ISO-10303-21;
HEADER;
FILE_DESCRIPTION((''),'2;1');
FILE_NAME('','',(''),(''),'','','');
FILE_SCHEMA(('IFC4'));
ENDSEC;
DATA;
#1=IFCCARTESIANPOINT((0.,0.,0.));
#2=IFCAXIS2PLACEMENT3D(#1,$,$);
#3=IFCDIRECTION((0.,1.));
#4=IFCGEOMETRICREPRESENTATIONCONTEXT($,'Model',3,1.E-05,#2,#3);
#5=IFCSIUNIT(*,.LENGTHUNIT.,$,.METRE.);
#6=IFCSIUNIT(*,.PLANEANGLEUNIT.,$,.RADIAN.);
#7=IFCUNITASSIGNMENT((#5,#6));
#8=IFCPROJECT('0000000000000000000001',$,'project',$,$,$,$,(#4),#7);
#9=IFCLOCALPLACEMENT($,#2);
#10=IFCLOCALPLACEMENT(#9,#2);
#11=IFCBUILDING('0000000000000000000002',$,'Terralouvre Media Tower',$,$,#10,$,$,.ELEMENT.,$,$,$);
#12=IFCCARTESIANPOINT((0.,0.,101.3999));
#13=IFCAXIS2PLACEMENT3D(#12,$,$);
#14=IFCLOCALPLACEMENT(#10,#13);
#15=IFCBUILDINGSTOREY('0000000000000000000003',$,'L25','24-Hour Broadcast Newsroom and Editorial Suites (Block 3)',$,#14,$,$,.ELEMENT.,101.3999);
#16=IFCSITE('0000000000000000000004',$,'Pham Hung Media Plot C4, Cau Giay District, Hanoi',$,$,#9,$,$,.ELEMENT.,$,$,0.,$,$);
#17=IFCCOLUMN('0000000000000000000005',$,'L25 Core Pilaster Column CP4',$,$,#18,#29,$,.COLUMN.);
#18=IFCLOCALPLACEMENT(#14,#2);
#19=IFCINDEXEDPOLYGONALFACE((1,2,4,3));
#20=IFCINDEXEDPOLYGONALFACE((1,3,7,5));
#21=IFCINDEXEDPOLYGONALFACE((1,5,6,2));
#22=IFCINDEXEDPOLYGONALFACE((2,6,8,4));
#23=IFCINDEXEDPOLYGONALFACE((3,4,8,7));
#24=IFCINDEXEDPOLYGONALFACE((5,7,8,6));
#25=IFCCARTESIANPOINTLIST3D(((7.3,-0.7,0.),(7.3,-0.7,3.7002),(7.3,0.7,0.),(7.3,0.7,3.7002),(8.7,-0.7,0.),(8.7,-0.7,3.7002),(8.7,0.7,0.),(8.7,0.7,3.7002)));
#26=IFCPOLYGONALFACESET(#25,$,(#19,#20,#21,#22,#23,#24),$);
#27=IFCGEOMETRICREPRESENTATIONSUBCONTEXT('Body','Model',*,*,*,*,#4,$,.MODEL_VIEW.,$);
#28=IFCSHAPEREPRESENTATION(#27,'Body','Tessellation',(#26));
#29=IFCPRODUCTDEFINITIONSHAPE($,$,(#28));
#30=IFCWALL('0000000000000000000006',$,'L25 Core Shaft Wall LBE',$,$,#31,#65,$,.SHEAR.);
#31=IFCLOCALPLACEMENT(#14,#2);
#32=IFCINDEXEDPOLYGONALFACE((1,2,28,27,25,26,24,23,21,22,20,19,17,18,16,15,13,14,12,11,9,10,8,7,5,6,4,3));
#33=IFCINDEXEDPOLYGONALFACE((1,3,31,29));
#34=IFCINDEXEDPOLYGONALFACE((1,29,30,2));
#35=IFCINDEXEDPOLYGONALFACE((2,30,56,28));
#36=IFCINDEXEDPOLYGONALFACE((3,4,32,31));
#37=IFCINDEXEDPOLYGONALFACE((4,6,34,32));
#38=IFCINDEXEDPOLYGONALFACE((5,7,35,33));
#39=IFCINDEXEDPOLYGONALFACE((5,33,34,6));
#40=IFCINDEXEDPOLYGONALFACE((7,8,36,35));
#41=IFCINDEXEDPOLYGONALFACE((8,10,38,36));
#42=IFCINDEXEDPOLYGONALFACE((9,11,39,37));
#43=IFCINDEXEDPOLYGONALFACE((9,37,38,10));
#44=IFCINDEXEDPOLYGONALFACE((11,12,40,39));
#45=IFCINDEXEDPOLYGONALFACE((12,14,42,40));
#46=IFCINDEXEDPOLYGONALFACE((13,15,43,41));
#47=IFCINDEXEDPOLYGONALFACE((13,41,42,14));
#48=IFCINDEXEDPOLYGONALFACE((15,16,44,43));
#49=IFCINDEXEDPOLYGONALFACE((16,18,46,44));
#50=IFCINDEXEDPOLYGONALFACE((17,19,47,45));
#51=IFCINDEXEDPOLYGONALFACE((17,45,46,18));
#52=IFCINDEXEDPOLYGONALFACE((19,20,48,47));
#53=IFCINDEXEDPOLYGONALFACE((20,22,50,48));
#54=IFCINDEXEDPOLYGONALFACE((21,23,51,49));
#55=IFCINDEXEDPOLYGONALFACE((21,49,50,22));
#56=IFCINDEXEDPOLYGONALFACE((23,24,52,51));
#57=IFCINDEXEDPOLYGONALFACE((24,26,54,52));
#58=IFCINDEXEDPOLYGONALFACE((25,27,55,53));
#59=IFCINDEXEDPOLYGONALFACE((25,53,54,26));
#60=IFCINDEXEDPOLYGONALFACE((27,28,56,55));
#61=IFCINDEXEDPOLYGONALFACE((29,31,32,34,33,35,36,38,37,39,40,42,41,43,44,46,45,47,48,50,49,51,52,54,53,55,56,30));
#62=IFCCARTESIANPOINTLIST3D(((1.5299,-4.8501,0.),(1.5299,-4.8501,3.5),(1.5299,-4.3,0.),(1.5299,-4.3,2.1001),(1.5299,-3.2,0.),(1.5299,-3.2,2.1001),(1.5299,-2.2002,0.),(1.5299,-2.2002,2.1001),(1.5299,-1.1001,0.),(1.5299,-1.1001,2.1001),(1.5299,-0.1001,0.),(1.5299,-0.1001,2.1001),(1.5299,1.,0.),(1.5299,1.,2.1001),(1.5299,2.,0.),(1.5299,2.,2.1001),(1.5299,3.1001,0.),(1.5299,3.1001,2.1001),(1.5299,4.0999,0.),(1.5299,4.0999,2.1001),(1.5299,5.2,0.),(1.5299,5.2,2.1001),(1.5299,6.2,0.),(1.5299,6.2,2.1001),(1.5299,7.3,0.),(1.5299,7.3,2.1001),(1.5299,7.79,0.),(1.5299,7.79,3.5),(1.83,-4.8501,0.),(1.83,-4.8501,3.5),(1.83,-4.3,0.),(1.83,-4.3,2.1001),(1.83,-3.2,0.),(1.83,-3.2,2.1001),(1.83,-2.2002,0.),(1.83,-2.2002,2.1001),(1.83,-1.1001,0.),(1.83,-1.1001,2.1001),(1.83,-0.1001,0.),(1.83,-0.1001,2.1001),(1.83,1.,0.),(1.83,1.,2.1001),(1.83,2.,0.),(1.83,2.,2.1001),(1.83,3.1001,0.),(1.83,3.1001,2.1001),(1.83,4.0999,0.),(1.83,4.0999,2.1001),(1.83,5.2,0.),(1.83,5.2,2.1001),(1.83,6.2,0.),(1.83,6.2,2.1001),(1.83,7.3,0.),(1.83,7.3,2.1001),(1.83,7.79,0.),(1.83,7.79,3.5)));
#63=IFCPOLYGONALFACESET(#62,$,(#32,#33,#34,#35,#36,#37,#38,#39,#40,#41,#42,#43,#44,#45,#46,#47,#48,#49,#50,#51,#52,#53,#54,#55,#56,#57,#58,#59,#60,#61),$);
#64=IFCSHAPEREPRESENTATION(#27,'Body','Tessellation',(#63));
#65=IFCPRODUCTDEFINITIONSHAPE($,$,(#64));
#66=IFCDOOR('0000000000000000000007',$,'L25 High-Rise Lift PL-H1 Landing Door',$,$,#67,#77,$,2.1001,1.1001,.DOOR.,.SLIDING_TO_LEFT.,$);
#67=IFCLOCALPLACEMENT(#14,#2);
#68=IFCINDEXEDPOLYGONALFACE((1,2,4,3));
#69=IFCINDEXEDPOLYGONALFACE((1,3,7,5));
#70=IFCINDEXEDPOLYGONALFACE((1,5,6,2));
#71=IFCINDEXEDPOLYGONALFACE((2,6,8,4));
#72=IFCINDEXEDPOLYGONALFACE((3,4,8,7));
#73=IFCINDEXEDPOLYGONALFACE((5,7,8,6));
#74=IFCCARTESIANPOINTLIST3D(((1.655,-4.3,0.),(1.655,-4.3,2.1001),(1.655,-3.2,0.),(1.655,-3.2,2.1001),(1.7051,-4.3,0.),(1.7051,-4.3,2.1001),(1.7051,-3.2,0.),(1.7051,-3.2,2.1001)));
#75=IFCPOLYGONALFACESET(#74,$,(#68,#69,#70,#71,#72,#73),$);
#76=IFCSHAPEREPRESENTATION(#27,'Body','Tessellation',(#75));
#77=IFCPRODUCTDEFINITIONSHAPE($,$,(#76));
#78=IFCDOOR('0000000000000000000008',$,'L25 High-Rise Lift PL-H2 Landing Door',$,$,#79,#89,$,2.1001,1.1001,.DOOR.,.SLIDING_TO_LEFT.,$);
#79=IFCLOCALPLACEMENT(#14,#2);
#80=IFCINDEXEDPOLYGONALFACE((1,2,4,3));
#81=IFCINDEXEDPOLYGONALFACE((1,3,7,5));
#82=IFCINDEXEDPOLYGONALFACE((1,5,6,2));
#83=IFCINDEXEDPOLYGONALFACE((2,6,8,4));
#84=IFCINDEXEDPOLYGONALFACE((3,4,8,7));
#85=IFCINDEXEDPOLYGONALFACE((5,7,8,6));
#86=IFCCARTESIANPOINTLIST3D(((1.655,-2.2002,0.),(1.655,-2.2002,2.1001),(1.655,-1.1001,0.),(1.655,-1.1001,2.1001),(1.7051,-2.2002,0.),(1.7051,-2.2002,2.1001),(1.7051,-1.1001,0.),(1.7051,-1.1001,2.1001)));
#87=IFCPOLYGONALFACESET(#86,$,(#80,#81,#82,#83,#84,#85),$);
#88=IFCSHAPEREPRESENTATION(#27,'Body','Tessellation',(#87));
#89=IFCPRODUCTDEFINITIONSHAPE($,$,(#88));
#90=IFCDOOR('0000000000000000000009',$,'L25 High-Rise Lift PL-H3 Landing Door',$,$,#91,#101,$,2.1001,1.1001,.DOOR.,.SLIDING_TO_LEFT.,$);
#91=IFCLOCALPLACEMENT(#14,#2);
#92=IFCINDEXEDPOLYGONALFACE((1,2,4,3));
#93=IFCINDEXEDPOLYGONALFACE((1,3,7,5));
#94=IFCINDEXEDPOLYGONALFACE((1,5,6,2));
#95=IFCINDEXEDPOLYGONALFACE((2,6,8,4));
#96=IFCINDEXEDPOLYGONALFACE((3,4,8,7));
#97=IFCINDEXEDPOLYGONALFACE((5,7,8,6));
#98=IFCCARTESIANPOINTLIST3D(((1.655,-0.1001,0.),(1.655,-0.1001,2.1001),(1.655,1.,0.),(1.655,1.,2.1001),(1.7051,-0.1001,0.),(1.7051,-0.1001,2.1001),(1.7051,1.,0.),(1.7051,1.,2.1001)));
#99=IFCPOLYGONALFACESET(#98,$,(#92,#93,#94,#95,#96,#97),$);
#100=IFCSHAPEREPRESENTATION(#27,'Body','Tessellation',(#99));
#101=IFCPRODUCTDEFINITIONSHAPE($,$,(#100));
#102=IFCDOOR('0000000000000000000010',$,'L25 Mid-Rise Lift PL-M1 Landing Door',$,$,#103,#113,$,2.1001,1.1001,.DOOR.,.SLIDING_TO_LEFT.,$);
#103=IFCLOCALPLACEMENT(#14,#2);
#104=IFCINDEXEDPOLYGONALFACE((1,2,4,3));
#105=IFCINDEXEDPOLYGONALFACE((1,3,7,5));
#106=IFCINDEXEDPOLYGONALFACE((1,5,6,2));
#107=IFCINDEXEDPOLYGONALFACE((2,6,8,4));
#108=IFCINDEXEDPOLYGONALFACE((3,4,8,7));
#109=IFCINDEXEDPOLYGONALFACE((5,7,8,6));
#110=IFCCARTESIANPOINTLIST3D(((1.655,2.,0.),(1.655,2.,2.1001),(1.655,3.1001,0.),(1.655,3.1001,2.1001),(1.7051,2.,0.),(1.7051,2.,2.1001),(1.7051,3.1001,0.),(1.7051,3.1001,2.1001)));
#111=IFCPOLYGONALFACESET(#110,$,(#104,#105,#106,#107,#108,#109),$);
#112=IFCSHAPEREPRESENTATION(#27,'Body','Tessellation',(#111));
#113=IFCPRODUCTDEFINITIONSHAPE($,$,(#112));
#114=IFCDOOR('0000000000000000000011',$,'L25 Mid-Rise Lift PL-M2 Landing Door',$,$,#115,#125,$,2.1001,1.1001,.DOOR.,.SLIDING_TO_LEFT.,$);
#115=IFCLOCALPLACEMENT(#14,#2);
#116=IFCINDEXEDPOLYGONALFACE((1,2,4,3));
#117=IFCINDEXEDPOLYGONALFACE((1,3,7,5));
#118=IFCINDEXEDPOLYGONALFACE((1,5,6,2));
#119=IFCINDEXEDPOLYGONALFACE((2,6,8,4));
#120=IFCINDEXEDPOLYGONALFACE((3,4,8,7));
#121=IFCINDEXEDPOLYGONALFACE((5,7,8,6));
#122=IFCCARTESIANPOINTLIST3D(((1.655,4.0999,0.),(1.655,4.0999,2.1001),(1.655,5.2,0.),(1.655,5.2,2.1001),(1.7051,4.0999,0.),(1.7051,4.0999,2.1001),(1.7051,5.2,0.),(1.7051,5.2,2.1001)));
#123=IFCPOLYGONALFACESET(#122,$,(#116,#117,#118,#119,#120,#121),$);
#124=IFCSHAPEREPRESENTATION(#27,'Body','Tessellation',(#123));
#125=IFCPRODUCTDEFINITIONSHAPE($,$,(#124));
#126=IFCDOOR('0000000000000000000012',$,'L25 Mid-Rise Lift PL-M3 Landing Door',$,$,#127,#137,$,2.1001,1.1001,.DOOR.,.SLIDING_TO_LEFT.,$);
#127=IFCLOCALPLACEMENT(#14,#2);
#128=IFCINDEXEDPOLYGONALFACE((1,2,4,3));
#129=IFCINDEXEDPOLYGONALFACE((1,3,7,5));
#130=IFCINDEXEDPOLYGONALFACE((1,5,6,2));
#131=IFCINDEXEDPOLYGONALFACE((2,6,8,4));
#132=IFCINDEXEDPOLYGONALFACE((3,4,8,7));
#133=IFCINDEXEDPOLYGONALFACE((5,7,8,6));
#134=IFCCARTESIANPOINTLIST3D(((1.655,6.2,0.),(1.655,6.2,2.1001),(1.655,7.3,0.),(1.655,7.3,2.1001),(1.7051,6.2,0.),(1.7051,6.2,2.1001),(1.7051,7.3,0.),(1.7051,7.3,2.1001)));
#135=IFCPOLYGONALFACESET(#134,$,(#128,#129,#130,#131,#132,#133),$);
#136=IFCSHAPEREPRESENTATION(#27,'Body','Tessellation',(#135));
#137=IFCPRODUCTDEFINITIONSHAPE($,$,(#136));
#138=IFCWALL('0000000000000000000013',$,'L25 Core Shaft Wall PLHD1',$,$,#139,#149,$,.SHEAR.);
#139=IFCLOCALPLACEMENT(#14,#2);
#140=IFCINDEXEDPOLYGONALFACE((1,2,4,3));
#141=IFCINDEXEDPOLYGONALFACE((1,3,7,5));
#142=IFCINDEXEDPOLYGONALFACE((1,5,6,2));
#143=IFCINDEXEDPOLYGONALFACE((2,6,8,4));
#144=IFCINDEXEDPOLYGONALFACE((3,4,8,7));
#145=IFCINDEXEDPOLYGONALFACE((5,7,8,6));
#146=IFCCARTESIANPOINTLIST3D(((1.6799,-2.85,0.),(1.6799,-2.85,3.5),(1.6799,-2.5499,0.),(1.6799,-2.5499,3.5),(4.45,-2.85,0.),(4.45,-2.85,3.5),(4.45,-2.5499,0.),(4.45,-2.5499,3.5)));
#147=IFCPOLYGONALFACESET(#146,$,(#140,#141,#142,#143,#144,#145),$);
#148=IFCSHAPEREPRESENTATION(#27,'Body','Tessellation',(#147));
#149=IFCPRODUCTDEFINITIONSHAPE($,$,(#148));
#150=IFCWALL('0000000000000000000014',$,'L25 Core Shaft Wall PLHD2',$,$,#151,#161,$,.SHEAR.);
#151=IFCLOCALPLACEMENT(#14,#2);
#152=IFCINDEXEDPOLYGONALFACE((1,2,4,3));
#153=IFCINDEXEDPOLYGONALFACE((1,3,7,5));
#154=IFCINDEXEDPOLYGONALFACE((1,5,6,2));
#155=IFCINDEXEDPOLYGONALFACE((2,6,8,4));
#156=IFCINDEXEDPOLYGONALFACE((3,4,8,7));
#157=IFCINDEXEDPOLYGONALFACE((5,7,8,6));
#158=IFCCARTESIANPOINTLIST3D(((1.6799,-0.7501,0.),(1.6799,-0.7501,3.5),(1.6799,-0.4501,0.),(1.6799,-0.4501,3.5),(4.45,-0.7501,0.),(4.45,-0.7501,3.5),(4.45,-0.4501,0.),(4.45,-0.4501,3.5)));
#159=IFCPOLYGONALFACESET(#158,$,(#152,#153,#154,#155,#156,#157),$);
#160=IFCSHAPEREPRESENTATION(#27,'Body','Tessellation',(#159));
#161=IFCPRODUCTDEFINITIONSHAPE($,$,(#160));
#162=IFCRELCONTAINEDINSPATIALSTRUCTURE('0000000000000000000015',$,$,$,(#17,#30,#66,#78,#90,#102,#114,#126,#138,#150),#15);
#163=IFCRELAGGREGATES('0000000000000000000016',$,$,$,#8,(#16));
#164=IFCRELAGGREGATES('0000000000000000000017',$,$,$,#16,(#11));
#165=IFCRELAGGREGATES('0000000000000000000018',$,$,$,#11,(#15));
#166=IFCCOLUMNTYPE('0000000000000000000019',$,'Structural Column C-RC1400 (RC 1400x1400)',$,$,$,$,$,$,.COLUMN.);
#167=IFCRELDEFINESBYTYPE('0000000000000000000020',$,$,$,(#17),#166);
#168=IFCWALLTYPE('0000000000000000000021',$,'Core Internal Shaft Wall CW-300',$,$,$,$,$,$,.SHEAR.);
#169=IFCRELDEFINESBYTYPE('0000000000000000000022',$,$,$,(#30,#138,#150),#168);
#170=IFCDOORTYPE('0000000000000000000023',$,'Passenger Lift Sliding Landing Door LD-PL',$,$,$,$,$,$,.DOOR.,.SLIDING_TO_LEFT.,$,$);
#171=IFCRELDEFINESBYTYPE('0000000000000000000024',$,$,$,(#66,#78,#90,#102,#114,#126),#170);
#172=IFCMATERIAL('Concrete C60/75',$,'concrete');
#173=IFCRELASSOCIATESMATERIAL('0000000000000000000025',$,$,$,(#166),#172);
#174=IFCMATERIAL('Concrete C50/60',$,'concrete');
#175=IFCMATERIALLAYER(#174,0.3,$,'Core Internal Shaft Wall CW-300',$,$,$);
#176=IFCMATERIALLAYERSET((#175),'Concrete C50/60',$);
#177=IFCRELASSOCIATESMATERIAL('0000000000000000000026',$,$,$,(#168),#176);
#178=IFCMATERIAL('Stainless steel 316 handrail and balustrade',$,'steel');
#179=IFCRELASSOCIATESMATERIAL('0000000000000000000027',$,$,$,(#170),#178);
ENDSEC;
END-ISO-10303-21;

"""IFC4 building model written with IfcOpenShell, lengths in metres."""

from ifc_helpers import new_model, si_unit, direction, frame, frame_2d, origin, origin_2d, place, context, subcontext, project, spatial, rectangle, extrude, material, layer, layer_set, material_profile, profile_set, type_object, element, fill, save


model = new_model("IFC4")

# Units and contexts
model_context = context("Model", 3, precision=1e-05, world=origin(), true_north=direction((0.0, 1.0)))
body_context = subcontext(model_context, "Body", "Model", "MODEL_VIEW")
ifc_project = project(units=[si_unit("LENGTHUNIT", "METRE"), si_unit("PLANEANGLEUNIT", "RADIAN")], contexts=[model_context])

# Site, building, storey
site_placement = place(None, origin())
site = spatial("IfcSite", under=ifc_project, at=site_placement, Name="Pham Hung Media Plot C4, Cau Giay District, Hanoi", CompositionType="ELEMENT", RefElevation=0.0)
building_placement = place(site_placement, origin())
building = spatial("IfcBuilding", under=site, at=building_placement, Name="Terralouvre Media Tower", CompositionType="ELEMENT")
storey_placement = place(building_placement, frame((0.0, 0.0, 101.3999)))
storey = spatial("IfcBuildingStorey", under=building, at=storey_placement, Name="L25", Description="24-Hour Broadcast Newsroom and Editorial Suites (Block 3)", CompositionType="ELEMENT", Elevation=101.3999)

# Column
ifc_material_1 = material(Name="Concrete C60/75", Category="concrete")
ifc_material_profile = material_profile(ifc_material_1, rectangle(XDim=1.3999, YDim=1.3999, at=origin_2d()), Name="RC 1400x1400")
ifc_profile_set = profile_set([ifc_material_profile], Name="Concrete C60/75")
column_type = type_object("IfcColumnType", Name="Structural Column C-RC1400 (RC 1400x1400)", PredefinedType="COLUMN", material=ifc_profile_set)
column_placement = place(storey_placement, frame((8.0, 0.0, 0.0), z_axis=(0.0, 0.0, 1.0), x_axis=(1.0, 0.0, 0.0)))
element("IfcColumn", 1, at=column_placement, inside=storey, type_object=column_type, Name="L25 Core Pilaster Column CP4", PredefinedType="COLUMN", context=body_context, shape_type="SweptSolid", body=[
    extrude(rectangle(XDim=1.3999, YDim=1.3999, at=origin_2d()), origin(), (0.0, 0.0, 1.0), 3.7002),
])

# Shared definitions
ifc_material_2 = material(Name="Concrete C50/60", Category="concrete")
ifc_layer_1 = layer(ifc_material_2, 0.3, Name="Core Internal Shaft Wall CW-300")
ifc_layer_set_1 = layer_set([ifc_layer_1], Name="Concrete C50/60")
wall_type = type_object("IfcWallType", Name="Core Internal Shaft Wall CW-300", PredefinedType="SHEAR", material=ifc_layer_set_1)

# Wall, openings, doors
wall_1_placement = place(storey_placement, frame((1.6799, -4.8501, 0.0), z_axis=(0.0, 0.0, 1.0), x_axis=(0.0, 1.0, 0.0)))
wall_1 = element("IfcWall", 2, at=wall_1_placement, inside=storey, type_object=wall_type, Name="L25 Core Shaft Wall LBE", PredefinedType="SHEAR", context=body_context, shape_type="SweptSolid", body=[
    extrude(rectangle(XDim=12.6401, YDim=0.3, at=frame_2d((6.3201, 0.0))), origin(), (0.0, 0.0, 1.0), 3.5),
])
opening_1_placement = place(wall_1_placement, frame((0.55, 0.0, 0.0)))
opening_1 = element("IfcOpeningElement", 3, at=opening_1_placement, cuts=wall_1, PredefinedType="OPENING", context=body_context, shape_type="SweptSolid", body=[
    extrude(rectangle(XDim=1.1001, YDim=2.1001, at=frame_2d((0.55, 1.05))), frame((0.0, 0.1599, 0.0), z_axis=(0.0, -1.0, 0.0), x_axis=(1.0, 0.0, 0.0)), (0.0, 0.0, 1.0), 0.3201),
])
opening_2_placement = place(wall_1_placement, frame((2.6499, 0.0, 0.0)))
opening_2 = element("IfcOpeningElement", 4, at=opening_2_placement, cuts=wall_1, PredefinedType="OPENING", context=body_context, shape_type="SweptSolid", body=[
    extrude(rectangle(XDim=1.1001, YDim=2.1001, at=frame_2d((0.55, 1.05))), frame((0.0, 0.1599, 0.0), z_axis=(0.0, -1.0, 0.0), x_axis=(1.0, 0.0, 0.0)), (0.0, 0.0, 1.0), 0.3201),
])
opening_3_placement = place(wall_1_placement, frame((4.75, 0.0, 0.0)))
opening_3 = element("IfcOpeningElement", 5, at=opening_3_placement, cuts=wall_1, PredefinedType="OPENING", context=body_context, shape_type="SweptSolid", body=[
    extrude(rectangle(XDim=1.1001, YDim=2.1001, at=frame_2d((0.55, 1.05))), frame((0.0, 0.1599, 0.0), z_axis=(0.0, -1.0, 0.0), x_axis=(1.0, 0.0, 0.0)), (0.0, 0.0, 1.0), 0.3201),
])
opening_4_placement = place(wall_1_placement, frame((6.8501, 0.0, 0.0)))
opening_4 = element("IfcOpeningElement", 6, at=opening_4_placement, cuts=wall_1, PredefinedType="OPENING", context=body_context, shape_type="SweptSolid", body=[
    extrude(rectangle(XDim=1.1001, YDim=2.1001, at=frame_2d((0.55, 1.05))), frame((0.0, 0.1599, 0.0), z_axis=(0.0, -1.0, 0.0), x_axis=(1.0, 0.0, 0.0)), (0.0, 0.0, 1.0), 0.3201),
])
opening_5_placement = place(wall_1_placement, frame((8.95, 0.0, 0.0)))
opening_5 = element("IfcOpeningElement", 7, at=opening_5_placement, cuts=wall_1, PredefinedType="OPENING", context=body_context, shape_type="SweptSolid", body=[
    extrude(rectangle(XDim=1.1001, YDim=2.1001, at=frame_2d((0.55, 1.05))), frame((0.0, 0.1599, 0.0), z_axis=(0.0, -1.0, 0.0), x_axis=(1.0, 0.0, 0.0)), (0.0, 0.0, 1.0), 0.3201),
])
opening_6_placement = place(wall_1_placement, frame((11.05, 0.0, 0.0)))
opening_6 = element("IfcOpeningElement", 8, at=opening_6_placement, cuts=wall_1, PredefinedType="OPENING", context=body_context, shape_type="SweptSolid", body=[
    extrude(rectangle(XDim=1.1001, YDim=2.1001, at=frame_2d((0.55, 1.05))), frame((0.0, 0.1599, 0.0), z_axis=(0.0, -1.0, 0.0), x_axis=(1.0, 0.0, 0.0)), (0.0, 0.0, 1.0), 0.3201),
])
ifc_material_3 = material(Name="Stainless steel 316 handrail and balustrade", Category="steel")
door_type_1 = type_object("IfcDoorType", Name="Passenger Lift Sliding Landing Door LD-PL", OperationType="SLIDING_TO_LEFT", PredefinedType="DOOR", material=ifc_material_3)
door_1_placement = place(opening_1_placement, origin())
door_1 = element("IfcDoor", 9, at=door_1_placement, inside=storey, type_object=door_type_1, Name="L25 High-Rise Lift PL-H1 Landing Door", OperationType="SLIDING_TO_LEFT", OverallHeight=2.1001, OverallWidth=1.1001, PredefinedType="DOOR", context=body_context, shape_type="SweptSolid", body=[
    extrude(rectangle(XDim=1.1001, YDim=2.1001, at=frame_2d((0.55, 1.05))), frame((0.0, 0.0249, 0.0), z_axis=(0.0, -1.0, 0.0), x_axis=(1.0, 0.0, 0.0)), (0.0, 0.0, 1.0), 0.05),
])
fill(opening_1, door_1)
door_2_placement = place(opening_2_placement, origin())
door_2 = element("IfcDoor", 10, at=door_2_placement, inside=storey, type_object=door_type_1, Name="L25 High-Rise Lift PL-H2 Landing Door", OperationType="SLIDING_TO_LEFT", OverallHeight=2.1001, OverallWidth=1.1001, PredefinedType="DOOR", context=body_context, shape_type="SweptSolid", body=[
    extrude(rectangle(XDim=1.1001, YDim=2.1001, at=frame_2d((0.55, 1.05))), frame((0.0, 0.0249, 0.0), z_axis=(0.0, -1.0, 0.0), x_axis=(1.0, 0.0, 0.0)), (0.0, 0.0, 1.0), 0.05),
])
fill(opening_2, door_2)
door_3_placement = place(opening_3_placement, origin())
door_3 = element("IfcDoor", 11, at=door_3_placement, inside=storey, type_object=door_type_1, Name="L25 High-Rise Lift PL-H3 Landing Door", OperationType="SLIDING_TO_LEFT", OverallHeight=2.1001, OverallWidth=1.1001, PredefinedType="DOOR", context=body_context, shape_type="SweptSolid", body=[
    extrude(rectangle(XDim=1.1001, YDim=2.1001, at=frame_2d((0.55, 1.05))), frame((0.0, 0.0249, 0.0), z_axis=(0.0, -1.0, 0.0), x_axis=(1.0, 0.0, 0.0)), (0.0, 0.0, 1.0), 0.05),
])
fill(opening_3, door_3)
door_4_placement = place(opening_4_placement, origin())
door_4 = element("IfcDoor", 12, at=door_4_placement, inside=storey, type_object=door_type_1, Name="L25 Mid-Rise Lift PL-M1 Landing Door", OperationType="SLIDING_TO_LEFT", OverallHeight=2.1001, OverallWidth=1.1001, PredefinedType="DOOR", context=body_context, shape_type="SweptSolid", body=[
    extrude(rectangle(XDim=1.1001, YDim=2.1001, at=frame_2d((0.55, 1.05))), frame((0.0, 0.0249, 0.0), z_axis=(0.0, -1.0, 0.0), x_axis=(1.0, 0.0, 0.0)), (0.0, 0.0, 1.0), 0.05),
])
fill(opening_4, door_4)
door_5_placement = place(opening_5_placement, origin())
door_5 = element("IfcDoor", 13, at=door_5_placement, inside=storey, type_object=door_type_1, Name="L25 Mid-Rise Lift PL-M2 Landing Door", OperationType="SLIDING_TO_LEFT", OverallHeight=2.1001, OverallWidth=1.1001, PredefinedType="DOOR", context=body_context, shape_type="SweptSolid", body=[
    extrude(rectangle(XDim=1.1001, YDim=2.1001, at=frame_2d((0.55, 1.05))), frame((0.0, 0.0249, 0.0), z_axis=(0.0, -1.0, 0.0), x_axis=(1.0, 0.0, 0.0)), (0.0, 0.0, 1.0), 0.05),
])
fill(opening_5, door_5)
door_6_placement = place(opening_6_placement, origin())
door_6 = element("IfcDoor", 14, at=door_6_placement, inside=storey, type_object=door_type_1, Name="L25 Mid-Rise Lift PL-M3 Landing Door", OperationType="SLIDING_TO_LEFT", OverallHeight=2.1001, OverallWidth=1.1001, PredefinedType="DOOR", context=body_context, shape_type="SweptSolid", body=[
    extrude(rectangle(XDim=1.1001, YDim=2.1001, at=frame_2d((0.55, 1.05))), frame((0.0, 0.0249, 0.0), z_axis=(0.0, -1.0, 0.0), x_axis=(1.0, 0.0, 0.0)), (0.0, 0.0, 1.0), 0.05),
])
fill(opening_6, door_6)

# Walls
for number, where, z_axis, x_axis, name in (
    (15, (1.6799, -2.7, 0.0), (0.0, 0.0, 1.0), (1.0, 0.0, 0.0), "L25 Core Shaft Wall PLHD1"),
    (16, (1.6799, -0.6001, 0.0), (0.0, 0.0, 1.0), (1.0, 0.0, 0.0), "L25 Core Shaft Wall PLHD2"),
):
    element("IfcWall", number, at=place(storey_placement, frame(where, z_axis=z_axis, x_axis=x_axis)), inside=storey, type_object=wall_type, Name=name, PredefinedType="SHEAR", context=body_context, shape_type="SweptSolid", body=[
        extrude(rectangle(XDim=2.77, YDim=0.3, at=frame_2d((1.385, 0.0))), origin(), (0.0, 0.0, 1.0), 3.5),
    ])

save(model, "model.ifc")
